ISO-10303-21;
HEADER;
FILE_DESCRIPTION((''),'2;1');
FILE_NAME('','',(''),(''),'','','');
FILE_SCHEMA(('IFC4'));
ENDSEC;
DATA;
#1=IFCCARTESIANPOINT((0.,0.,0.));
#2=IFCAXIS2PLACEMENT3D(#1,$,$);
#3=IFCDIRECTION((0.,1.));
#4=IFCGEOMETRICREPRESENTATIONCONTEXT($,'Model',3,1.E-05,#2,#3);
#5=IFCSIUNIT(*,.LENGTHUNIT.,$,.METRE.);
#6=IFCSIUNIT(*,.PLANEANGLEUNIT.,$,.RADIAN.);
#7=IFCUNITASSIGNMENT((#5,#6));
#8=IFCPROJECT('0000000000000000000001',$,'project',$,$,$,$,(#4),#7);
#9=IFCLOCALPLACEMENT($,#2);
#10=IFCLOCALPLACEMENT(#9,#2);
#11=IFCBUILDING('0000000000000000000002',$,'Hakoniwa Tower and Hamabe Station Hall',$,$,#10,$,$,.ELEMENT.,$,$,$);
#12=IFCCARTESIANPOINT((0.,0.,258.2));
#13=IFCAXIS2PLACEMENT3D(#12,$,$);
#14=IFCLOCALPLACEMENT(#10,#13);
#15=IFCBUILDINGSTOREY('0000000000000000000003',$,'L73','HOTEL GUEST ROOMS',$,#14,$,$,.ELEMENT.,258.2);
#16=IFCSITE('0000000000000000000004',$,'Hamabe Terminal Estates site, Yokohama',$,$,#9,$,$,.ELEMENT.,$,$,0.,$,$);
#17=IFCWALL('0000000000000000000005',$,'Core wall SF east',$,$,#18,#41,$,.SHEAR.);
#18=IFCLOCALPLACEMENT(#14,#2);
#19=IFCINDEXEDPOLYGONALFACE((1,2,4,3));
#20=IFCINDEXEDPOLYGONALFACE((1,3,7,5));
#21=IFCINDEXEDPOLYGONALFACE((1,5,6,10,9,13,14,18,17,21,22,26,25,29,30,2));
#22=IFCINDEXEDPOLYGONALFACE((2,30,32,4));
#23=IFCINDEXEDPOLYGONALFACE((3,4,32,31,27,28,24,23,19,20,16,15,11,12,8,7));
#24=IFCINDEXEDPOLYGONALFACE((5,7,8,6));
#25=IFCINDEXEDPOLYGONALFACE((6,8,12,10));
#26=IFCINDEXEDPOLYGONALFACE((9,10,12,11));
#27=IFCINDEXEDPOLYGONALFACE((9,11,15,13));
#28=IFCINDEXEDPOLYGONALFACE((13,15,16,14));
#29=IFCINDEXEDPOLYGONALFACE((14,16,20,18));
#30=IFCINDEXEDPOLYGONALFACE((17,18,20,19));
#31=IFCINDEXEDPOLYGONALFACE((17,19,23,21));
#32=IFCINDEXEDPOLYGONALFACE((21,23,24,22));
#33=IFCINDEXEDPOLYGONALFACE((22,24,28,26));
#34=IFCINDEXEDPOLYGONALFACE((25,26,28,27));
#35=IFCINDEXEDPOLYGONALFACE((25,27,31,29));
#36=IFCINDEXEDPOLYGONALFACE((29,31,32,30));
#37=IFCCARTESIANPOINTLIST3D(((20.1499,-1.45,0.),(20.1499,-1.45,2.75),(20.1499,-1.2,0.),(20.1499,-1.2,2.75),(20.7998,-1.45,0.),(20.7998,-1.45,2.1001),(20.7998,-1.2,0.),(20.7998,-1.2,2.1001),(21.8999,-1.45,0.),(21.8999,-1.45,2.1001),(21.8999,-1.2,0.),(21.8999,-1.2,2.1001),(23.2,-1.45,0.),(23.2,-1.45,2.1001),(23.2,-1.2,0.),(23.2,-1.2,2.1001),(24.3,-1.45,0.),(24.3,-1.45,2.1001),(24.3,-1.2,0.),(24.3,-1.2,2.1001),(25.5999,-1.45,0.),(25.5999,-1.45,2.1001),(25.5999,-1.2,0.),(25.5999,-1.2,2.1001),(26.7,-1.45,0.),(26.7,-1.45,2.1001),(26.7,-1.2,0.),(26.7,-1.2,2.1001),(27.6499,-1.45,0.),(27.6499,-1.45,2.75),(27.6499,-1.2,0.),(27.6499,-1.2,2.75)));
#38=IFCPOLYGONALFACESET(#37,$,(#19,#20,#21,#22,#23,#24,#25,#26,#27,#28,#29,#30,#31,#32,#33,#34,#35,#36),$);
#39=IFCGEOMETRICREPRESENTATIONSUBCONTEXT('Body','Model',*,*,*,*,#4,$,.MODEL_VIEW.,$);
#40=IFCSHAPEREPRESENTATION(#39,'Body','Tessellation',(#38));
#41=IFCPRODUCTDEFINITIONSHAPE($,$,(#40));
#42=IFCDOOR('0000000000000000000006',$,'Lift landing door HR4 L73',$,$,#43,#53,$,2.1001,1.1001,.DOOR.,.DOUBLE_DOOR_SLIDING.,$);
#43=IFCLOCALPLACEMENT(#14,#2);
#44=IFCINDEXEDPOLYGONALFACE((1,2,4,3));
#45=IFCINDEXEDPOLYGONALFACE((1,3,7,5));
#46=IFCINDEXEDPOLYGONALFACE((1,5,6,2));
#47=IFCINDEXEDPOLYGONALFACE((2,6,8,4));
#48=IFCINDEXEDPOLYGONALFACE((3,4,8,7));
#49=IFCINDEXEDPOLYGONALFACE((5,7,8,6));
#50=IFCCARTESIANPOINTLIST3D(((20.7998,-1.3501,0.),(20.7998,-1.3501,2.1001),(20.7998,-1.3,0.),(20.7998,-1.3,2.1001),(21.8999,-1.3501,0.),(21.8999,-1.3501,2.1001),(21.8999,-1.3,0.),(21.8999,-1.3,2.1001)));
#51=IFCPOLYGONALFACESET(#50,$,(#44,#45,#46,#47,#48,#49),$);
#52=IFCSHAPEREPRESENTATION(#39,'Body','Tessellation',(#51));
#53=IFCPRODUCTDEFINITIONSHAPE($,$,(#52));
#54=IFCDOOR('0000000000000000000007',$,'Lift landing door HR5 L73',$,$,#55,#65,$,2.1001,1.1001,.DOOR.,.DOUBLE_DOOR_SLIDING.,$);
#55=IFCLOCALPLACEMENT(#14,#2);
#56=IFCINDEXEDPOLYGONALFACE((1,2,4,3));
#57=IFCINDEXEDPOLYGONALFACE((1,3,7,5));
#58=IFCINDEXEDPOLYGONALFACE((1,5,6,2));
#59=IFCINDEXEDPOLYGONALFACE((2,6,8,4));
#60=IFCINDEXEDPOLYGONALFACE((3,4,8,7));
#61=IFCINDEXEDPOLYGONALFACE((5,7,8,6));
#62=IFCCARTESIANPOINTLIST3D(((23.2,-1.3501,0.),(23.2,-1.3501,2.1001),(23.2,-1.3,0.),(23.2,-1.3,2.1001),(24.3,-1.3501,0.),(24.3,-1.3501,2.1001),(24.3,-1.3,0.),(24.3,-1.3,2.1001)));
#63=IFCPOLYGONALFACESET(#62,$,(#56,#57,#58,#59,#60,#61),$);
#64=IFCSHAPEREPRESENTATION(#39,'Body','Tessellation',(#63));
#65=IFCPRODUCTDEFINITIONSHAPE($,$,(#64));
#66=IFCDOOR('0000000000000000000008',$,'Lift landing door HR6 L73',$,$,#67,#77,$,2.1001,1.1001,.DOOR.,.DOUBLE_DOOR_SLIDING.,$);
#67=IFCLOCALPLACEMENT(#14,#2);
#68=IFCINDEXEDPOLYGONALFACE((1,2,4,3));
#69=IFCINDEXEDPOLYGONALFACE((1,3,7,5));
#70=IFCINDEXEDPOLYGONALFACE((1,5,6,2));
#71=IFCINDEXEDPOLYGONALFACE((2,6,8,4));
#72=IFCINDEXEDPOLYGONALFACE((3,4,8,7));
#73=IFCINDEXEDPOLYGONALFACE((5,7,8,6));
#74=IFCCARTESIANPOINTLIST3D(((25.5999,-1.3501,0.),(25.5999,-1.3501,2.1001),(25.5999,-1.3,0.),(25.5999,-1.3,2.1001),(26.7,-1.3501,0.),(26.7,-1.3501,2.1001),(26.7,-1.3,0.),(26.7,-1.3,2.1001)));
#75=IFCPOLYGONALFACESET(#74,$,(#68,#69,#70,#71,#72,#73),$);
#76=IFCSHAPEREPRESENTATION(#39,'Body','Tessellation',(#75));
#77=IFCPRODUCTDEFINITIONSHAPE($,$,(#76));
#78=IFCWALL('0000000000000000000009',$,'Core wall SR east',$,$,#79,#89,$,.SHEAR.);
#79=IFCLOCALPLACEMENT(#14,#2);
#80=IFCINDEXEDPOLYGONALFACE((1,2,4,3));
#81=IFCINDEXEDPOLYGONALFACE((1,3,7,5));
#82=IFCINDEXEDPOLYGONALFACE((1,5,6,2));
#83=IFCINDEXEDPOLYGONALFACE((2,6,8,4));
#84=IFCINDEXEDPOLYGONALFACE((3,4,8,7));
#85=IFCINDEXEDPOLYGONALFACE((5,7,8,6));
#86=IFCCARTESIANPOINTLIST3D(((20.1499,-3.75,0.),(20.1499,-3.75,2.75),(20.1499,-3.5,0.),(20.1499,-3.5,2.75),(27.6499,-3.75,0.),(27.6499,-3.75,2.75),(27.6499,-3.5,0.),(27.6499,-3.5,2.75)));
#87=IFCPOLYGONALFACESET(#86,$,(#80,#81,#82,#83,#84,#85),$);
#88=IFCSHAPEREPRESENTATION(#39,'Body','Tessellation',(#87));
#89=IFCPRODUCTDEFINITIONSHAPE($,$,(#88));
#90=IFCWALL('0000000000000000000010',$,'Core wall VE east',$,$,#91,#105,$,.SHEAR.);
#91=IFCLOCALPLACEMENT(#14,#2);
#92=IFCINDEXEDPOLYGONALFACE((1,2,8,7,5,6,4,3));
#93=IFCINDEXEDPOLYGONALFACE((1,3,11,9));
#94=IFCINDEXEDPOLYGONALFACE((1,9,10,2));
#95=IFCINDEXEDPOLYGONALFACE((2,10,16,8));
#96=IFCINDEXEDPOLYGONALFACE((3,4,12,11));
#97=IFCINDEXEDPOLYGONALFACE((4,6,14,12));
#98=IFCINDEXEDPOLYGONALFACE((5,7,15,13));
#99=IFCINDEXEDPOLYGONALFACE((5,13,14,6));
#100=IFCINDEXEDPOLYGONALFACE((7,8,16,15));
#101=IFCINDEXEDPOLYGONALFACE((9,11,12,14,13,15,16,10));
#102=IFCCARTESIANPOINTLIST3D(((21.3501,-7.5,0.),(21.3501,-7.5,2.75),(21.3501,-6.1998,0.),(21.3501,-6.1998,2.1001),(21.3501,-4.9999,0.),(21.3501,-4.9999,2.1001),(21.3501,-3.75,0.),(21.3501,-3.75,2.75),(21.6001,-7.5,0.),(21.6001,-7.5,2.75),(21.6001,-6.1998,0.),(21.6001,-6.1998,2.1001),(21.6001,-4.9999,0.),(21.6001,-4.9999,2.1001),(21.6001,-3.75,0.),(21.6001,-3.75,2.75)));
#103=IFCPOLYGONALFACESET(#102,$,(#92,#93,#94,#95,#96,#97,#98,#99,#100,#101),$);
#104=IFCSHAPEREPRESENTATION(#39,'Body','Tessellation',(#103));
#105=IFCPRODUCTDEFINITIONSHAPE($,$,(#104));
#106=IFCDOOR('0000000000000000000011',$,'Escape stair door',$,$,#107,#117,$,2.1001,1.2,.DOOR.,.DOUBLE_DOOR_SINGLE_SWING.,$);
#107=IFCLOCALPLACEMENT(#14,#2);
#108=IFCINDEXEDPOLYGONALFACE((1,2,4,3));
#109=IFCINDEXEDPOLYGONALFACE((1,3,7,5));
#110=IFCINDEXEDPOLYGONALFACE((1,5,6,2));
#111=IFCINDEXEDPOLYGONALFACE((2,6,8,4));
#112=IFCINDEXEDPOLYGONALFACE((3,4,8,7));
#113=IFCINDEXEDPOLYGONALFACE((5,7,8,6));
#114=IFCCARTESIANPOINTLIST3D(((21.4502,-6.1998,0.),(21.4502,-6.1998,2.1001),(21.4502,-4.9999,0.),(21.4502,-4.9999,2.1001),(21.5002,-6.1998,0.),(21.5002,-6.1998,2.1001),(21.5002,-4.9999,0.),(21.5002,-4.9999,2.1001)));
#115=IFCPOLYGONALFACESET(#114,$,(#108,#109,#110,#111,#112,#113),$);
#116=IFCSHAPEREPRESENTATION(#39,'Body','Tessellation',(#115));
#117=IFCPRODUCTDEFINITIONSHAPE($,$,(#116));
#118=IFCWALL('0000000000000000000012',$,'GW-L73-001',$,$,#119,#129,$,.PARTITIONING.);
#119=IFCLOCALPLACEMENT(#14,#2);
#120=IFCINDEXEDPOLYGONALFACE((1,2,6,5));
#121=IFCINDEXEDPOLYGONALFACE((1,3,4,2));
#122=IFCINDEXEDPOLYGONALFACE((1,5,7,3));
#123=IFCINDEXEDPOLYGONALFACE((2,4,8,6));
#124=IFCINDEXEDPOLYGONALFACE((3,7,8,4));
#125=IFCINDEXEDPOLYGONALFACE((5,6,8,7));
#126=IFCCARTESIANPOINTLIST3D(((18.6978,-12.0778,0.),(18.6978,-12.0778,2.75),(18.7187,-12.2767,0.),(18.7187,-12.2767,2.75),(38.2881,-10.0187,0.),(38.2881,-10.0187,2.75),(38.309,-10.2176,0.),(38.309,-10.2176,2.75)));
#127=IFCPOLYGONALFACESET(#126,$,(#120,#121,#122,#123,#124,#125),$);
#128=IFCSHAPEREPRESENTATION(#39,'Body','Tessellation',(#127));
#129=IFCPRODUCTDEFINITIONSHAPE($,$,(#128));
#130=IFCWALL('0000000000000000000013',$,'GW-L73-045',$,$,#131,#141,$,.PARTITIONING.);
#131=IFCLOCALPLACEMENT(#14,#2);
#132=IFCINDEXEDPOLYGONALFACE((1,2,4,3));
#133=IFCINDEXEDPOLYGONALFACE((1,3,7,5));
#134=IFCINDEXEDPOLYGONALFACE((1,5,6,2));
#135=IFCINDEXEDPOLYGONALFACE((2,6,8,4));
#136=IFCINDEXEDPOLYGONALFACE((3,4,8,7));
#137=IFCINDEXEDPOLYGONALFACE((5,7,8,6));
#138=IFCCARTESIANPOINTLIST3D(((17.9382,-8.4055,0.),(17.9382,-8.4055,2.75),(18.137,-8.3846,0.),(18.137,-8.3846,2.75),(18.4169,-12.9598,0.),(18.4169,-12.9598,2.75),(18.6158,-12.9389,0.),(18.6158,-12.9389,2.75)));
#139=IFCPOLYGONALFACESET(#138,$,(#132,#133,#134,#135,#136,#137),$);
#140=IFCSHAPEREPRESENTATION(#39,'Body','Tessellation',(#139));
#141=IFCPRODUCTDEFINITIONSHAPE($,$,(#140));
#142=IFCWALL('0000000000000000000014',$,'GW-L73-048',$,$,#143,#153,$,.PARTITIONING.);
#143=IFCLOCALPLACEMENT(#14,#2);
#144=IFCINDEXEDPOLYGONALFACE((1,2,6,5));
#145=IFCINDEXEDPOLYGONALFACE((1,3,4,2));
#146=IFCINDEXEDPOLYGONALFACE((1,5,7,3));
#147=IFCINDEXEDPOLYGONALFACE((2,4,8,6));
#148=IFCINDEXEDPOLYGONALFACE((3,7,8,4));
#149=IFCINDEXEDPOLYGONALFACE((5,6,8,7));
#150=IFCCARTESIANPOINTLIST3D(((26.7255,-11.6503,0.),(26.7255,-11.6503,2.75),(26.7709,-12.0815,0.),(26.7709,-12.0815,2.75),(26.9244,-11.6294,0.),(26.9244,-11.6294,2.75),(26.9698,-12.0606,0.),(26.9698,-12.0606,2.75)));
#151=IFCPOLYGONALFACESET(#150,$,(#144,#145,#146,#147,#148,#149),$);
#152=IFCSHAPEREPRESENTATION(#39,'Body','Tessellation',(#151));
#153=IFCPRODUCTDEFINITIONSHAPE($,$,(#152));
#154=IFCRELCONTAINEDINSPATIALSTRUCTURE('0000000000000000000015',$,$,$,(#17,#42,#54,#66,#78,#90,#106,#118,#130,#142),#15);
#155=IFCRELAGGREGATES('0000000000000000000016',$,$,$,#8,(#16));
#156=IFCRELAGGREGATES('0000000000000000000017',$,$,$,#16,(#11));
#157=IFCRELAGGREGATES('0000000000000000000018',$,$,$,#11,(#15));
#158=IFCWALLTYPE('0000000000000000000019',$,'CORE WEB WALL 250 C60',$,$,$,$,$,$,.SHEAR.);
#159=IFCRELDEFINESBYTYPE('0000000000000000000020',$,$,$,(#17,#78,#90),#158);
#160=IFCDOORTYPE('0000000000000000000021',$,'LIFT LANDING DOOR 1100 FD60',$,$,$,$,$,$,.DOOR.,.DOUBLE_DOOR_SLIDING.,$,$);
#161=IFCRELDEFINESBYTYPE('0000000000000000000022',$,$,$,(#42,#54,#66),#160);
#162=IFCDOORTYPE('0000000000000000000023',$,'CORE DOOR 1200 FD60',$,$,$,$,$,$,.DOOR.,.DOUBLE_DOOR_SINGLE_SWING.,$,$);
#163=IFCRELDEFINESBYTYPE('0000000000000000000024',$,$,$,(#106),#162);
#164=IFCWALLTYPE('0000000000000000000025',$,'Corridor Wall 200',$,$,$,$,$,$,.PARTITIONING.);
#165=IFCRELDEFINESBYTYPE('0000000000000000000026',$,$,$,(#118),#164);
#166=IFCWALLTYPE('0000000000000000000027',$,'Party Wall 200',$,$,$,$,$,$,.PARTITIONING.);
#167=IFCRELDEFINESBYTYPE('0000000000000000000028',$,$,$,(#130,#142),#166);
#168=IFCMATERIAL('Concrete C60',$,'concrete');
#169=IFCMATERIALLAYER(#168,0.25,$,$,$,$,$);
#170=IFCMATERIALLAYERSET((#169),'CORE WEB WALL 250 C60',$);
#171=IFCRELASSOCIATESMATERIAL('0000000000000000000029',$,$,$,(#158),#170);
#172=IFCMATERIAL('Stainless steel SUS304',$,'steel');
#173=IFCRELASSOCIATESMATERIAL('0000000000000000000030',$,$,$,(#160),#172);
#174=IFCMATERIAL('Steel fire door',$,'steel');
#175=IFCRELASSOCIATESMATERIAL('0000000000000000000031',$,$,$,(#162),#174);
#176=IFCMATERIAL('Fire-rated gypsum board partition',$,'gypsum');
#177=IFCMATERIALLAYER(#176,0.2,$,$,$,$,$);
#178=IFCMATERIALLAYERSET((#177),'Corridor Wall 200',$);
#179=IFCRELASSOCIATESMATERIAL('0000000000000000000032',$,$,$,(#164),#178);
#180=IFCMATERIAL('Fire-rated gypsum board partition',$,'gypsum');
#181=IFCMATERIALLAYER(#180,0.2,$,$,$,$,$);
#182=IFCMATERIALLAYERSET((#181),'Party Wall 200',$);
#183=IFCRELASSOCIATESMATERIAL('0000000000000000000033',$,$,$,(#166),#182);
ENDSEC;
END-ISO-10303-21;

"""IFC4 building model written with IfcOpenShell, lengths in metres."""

from ifc_helpers import new_model, si_unit, direction, frame, frame_2d, origin, place, context, subcontext, project, spatial, rectangle, extrude, material, layer, layer_set, type_object, element, fill, save


model = new_model("IFC4")

# Units and contexts
model_context = context("Model", 3, precision=1e-05, world=origin(), true_north=direction((0.0, 1.0)))
body_context = subcontext(model_context, "Body", "Model", "MODEL_VIEW")
ifc_project = project(units=[si_unit("LENGTHUNIT", "METRE"), si_unit("PLANEANGLEUNIT", "RADIAN")], contexts=[model_context])

# Site, building, storey
site_placement = place(None, origin())
site = spatial("IfcSite", under=ifc_project, at=site_placement, Name="Hamabe Terminal Estates site, Yokohama", CompositionType="ELEMENT", RefElevation=0.0)
building_placement = place(site_placement, origin())
building = spatial("IfcBuilding", under=site, at=building_placement, Name="Hakoniwa Tower and Hamabe Station Hall", CompositionType="ELEMENT")
storey_placement = place(building_placement, frame((0.0, 0.0, 258.2)))
storey = spatial("IfcBuildingStorey", under=building, at=storey_placement, Name="L73", Description="HOTEL GUEST ROOMS", CompositionType="ELEMENT", Elevation=258.2)

# Shared definitions
ifc_material_1 = material(Name="Concrete C60", Category="concrete")
ifc_layer_1 = layer(ifc_material_1, 0.25)
ifc_layer_set_1 = layer_set([ifc_layer_1], Name="CORE WEB WALL 250 C60")
wall_type_1 = type_object("IfcWallType", Name="CORE WEB WALL 250 C60", PredefinedType="SHEAR", material=ifc_layer_set_1)

# Wall, openings, doors
wall_1_placement = place(storey_placement, frame((20.1499, -1.325, 0.0), z_axis=(0.0, 0.0, 1.0), x_axis=(1.0, 0.0, 0.0)))
wall_1 = element("IfcWall", 1, at=wall_1_placement, inside=storey, type_object=wall_type_1, Name="Core wall SF east", PredefinedType="SHEAR", context=body_context, shape_type="SweptSolid", body=[
    extrude(rectangle(XDim=7.5, YDim=0.25, at=frame_2d((3.75, 0.0))), origin(), (0.0, 0.0, 1.0), 2.75),
])
opening_1_placement = place(wall_1_placement, frame((0.6499, 0.0, 0.0)))
opening_1 = element("IfcOpeningElement", 2, at=opening_1_placement, cuts=wall_1, PredefinedType="OPENING", context=body_context, shape_type="SweptSolid", body=[
    extrude(rectangle(XDim=1.1001, YDim=2.1001, at=frame_2d((0.55, 1.05))), frame((0.0, 0.135, 0.0), z_axis=(0.0, -1.0, 0.0), x_axis=(1.0, 0.0, 0.0)), (0.0, 0.0, 1.0), 0.27),
])
opening_2_placement = place(wall_1_placement, frame((3.05, 0.0, 0.0)))
opening_2 = element("IfcOpeningElement", 3, at=opening_2_placement, cuts=wall_1, PredefinedType="OPENING", context=body_context, shape_type="SweptSolid", body=[
    extrude(rectangle(XDim=1.1001, YDim=2.1001, at=frame_2d((0.55, 1.05))), frame((0.0, 0.135, 0.0), z_axis=(0.0, -1.0, 0.0), x_axis=(1.0, 0.0, 0.0)), (0.0, 0.0, 1.0), 0.27),
])
opening_3_placement = place(wall_1_placement, frame((5.45, 0.0, 0.0)))
opening_3 = element("IfcOpeningElement", 4, at=opening_3_placement, cuts=wall_1, PredefinedType="OPENING", context=body_context, shape_type="SweptSolid", body=[
    extrude(rectangle(XDim=1.1001, YDim=2.1001, at=frame_2d((0.55, 1.05))), frame((0.0, 0.135, 0.0), z_axis=(0.0, -1.0, 0.0), x_axis=(1.0, 0.0, 0.0)), (0.0, 0.0, 1.0), 0.27),
])
ifc_material_2 = material(Name="Stainless steel SUS304", Category="steel")
door_type_1 = type_object("IfcDoorType", Name="LIFT LANDING DOOR 1100 FD60", OperationType="DOUBLE_DOOR_SLIDING", PredefinedType="DOOR", material=ifc_material_2)
door_1_placement = place(opening_1_placement, origin())
door_1 = element("IfcDoor", 5, at=door_1_placement, inside=storey, type_object=door_type_1, Name="Lift landing door HR4 L73", OperationType="DOUBLE_DOOR_SLIDING", OverallHeight=2.1001, OverallWidth=1.1001, PredefinedType="DOOR", context=body_context, shape_type="SweptSolid", body=[
    extrude(rectangle(XDim=1.1001, YDim=2.1001, at=frame_2d((0.55, 1.05))), frame((0.0, 0.0249, 0.0), z_axis=(0.0, -1.0, 0.0), x_axis=(1.0, 0.0, 0.0)), (0.0, 0.0, 1.0), 0.05),
])
fill(opening_1, door_1)
door_2_placement = place(opening_2_placement, origin())
door_2 = element("IfcDoor", 6, at=door_2_placement, inside=storey, type_object=door_type_1, Name="Lift landing door HR5 L73", OperationType="DOUBLE_DOOR_SLIDING", OverallHeight=2.1001, OverallWidth=1.1001, PredefinedType="DOOR", context=body_context, shape_type="SweptSolid", body=[
    extrude(rectangle(XDim=1.1001, YDim=2.1001, at=frame_2d((0.55, 1.05))), frame((0.0, 0.0249, 0.0), z_axis=(0.0, -1.0, 0.0), x_axis=(1.0, 0.0, 0.0)), (0.0, 0.0, 1.0), 0.05),
])
fill(opening_2, door_2)
door_3_placement = place(opening_3_placement, origin())
door_3 = element("IfcDoor", 7, at=door_3_placement, inside=storey, type_object=door_type_1, Name="Lift landing door HR6 L73", OperationType="DOUBLE_DOOR_SLIDING", OverallHeight=2.1001, OverallWidth=1.1001, PredefinedType="DOOR", context=body_context, shape_type="SweptSolid", body=[
    extrude(rectangle(XDim=1.1001, YDim=2.1001, at=frame_2d((0.55, 1.05))), frame((0.0, 0.0249, 0.0), z_axis=(0.0, -1.0, 0.0), x_axis=(1.0, 0.0, 0.0)), (0.0, 0.0, 1.0), 0.05),
])
fill(opening_3, door_3)

# Wall
wall_2_placement = place(storey_placement, frame((20.1499, -3.625, 0.0), z_axis=(0.0, 0.0, 1.0), x_axis=(1.0, 0.0, 0.0)))
element("IfcWall", 8, at=wall_2_placement, inside=storey, type_object=wall_type_1, Name="Core wall SR east", PredefinedType="SHEAR", context=body_context, shape_type="SweptSolid", body=[
    extrude(rectangle(XDim=7.5, YDim=0.25, at=frame_2d((3.75, 0.0))), origin(), (0.0, 0.0, 1.0), 2.75),
])

# Wall, opening, door
wall_3_placement = place(storey_placement, frame((21.4751, -7.5, 0.0), z_axis=(0.0, 0.0, 1.0), x_axis=(0.0, 1.0, 0.0)))
wall_3 = element("IfcWall", 9, at=wall_3_placement, inside=storey, type_object=wall_type_1, Name="Core wall VE east", PredefinedType="SHEAR", context=body_context, shape_type="SweptSolid", body=[
    extrude(rectangle(XDim=3.75, YDim=0.25, at=frame_2d((1.875, 0.0))), origin(), (0.0, 0.0, 1.0), 2.75),
])
opening_4_placement = place(wall_3_placement, frame((1.3, 0.0, 0.0)))
opening_4 = element("IfcOpeningElement", 10, at=opening_4_placement, cuts=wall_3, PredefinedType="OPENING", context=body_context, shape_type="SweptSolid", body=[
    extrude(rectangle(XDim=1.2, YDim=2.1001, at=frame_2d((0.6001, 1.05))), frame((0.0, 0.135, 0.0), z_axis=(0.0, -1.0, 0.0), x_axis=(1.0, 0.0, 0.0)), (0.0, 0.0, 1.0), 0.27),
])
ifc_material_3 = material(Name="Steel fire door", Category="steel")
door_type_2 = type_object("IfcDoorType", Name="CORE DOOR 1200 FD60", OperationType="DOUBLE_DOOR_SINGLE_SWING", PredefinedType="DOOR", material=ifc_material_3)
door_4_placement = place(opening_4_placement, origin())
door_4 = element("IfcDoor", 11, at=door_4_placement, inside=storey, type_object=door_type_2, Name="Escape stair door", OperationType="DOUBLE_DOOR_SINGLE_SWING", OverallHeight=2.1001, OverallWidth=1.2, PredefinedType="DOOR", context=body_context, shape_type="SweptSolid", body=[
    extrude(rectangle(XDim=1.2, YDim=2.1001, at=frame_2d((0.6001, 1.05))), frame((0.0, 0.0249, 0.0), z_axis=(0.0, -1.0, 0.0), x_axis=(1.0, 0.0, 0.0)), (0.0, 0.0, 1.0), 0.05),
])
fill(opening_4, door_4)

# Walls
ifc_material_4 = material(Name="Fire-rated gypsum board partition", Category="gypsum")
ifc_layer_2 = layer(ifc_material_4, 0.2)
ifc_layer_set_2 = layer_set([ifc_layer_2], Name="Corridor Wall 200")
wall_type_2 = type_object("IfcWallType", Name="Corridor Wall 200", PredefinedType="PARTITIONING", material=ifc_layer_set_2)
wall_4_placement = place(storey_placement, frame((18.7083, -12.1772, 0.0), z_axis=(0.0, 0.0, 1.0), x_axis=(0.994522, 0.104531, 0.0)))
element("IfcWall", 12, at=wall_4_placement, inside=storey, type_object=wall_type_2, Name="GW-L73-001", PredefinedType="PARTITIONING", context=body_context, shape_type="SweptSolid", body=[
    extrude(rectangle(XDim=19.6982, YDim=0.2, at=frame_2d((9.8491, 0.0))), origin(), (0.0, 0.0, 1.0), 2.75),
])
ifc_material_5 = material(Name="Fire-rated gypsum board partition", Category="gypsum")
ifc_layer_3 = layer(ifc_material_5, 0.2)
ifc_layer_set_3 = layer_set([ifc_layer_3], Name="Party Wall 200")
wall_type_3 = type_object("IfcWallType", Name="Party Wall 200", PredefinedType="PARTITIONING", material=ifc_layer_set_3)
wall_5_placement = place(storey_placement, frame((18.5164, -12.9492, 0.0), z_axis=(0.0, 0.0, 1.0), x_axis=(-0.104549, 0.99452, 0.0)))
element("IfcWall", 13, at=wall_5_placement, inside=storey, type_object=wall_type_3, Name="GW-L73-045", PredefinedType="PARTITIONING", context=body_context, shape_type="SweptSolid", body=[
    extrude(rectangle(XDim=4.5793, YDim=0.2, at=frame_2d((2.2896, 0.0))), origin(), (0.0, 0.0, 1.0), 2.75),
])
wall_6_placement = place(storey_placement, frame((26.8704, -12.071, 0.0), z_axis=(0.0, 0.0, 1.0), x_axis=(-0.104743, 0.994499, 0.0)))
element("IfcWall", 14, at=wall_6_placement, inside=storey, type_object=wall_type_3, Name="GW-L73-048", PredefinedType="PARTITIONING", context=body_context, shape_type="SweptSolid", body=[
    extrude(rectangle(XDim=0.4336, YDim=0.2, at=frame_2d((0.2168, 0.0))), origin(), (0.0, 0.0, 1.0), 2.75),
])

save(model, "model.ifc")
